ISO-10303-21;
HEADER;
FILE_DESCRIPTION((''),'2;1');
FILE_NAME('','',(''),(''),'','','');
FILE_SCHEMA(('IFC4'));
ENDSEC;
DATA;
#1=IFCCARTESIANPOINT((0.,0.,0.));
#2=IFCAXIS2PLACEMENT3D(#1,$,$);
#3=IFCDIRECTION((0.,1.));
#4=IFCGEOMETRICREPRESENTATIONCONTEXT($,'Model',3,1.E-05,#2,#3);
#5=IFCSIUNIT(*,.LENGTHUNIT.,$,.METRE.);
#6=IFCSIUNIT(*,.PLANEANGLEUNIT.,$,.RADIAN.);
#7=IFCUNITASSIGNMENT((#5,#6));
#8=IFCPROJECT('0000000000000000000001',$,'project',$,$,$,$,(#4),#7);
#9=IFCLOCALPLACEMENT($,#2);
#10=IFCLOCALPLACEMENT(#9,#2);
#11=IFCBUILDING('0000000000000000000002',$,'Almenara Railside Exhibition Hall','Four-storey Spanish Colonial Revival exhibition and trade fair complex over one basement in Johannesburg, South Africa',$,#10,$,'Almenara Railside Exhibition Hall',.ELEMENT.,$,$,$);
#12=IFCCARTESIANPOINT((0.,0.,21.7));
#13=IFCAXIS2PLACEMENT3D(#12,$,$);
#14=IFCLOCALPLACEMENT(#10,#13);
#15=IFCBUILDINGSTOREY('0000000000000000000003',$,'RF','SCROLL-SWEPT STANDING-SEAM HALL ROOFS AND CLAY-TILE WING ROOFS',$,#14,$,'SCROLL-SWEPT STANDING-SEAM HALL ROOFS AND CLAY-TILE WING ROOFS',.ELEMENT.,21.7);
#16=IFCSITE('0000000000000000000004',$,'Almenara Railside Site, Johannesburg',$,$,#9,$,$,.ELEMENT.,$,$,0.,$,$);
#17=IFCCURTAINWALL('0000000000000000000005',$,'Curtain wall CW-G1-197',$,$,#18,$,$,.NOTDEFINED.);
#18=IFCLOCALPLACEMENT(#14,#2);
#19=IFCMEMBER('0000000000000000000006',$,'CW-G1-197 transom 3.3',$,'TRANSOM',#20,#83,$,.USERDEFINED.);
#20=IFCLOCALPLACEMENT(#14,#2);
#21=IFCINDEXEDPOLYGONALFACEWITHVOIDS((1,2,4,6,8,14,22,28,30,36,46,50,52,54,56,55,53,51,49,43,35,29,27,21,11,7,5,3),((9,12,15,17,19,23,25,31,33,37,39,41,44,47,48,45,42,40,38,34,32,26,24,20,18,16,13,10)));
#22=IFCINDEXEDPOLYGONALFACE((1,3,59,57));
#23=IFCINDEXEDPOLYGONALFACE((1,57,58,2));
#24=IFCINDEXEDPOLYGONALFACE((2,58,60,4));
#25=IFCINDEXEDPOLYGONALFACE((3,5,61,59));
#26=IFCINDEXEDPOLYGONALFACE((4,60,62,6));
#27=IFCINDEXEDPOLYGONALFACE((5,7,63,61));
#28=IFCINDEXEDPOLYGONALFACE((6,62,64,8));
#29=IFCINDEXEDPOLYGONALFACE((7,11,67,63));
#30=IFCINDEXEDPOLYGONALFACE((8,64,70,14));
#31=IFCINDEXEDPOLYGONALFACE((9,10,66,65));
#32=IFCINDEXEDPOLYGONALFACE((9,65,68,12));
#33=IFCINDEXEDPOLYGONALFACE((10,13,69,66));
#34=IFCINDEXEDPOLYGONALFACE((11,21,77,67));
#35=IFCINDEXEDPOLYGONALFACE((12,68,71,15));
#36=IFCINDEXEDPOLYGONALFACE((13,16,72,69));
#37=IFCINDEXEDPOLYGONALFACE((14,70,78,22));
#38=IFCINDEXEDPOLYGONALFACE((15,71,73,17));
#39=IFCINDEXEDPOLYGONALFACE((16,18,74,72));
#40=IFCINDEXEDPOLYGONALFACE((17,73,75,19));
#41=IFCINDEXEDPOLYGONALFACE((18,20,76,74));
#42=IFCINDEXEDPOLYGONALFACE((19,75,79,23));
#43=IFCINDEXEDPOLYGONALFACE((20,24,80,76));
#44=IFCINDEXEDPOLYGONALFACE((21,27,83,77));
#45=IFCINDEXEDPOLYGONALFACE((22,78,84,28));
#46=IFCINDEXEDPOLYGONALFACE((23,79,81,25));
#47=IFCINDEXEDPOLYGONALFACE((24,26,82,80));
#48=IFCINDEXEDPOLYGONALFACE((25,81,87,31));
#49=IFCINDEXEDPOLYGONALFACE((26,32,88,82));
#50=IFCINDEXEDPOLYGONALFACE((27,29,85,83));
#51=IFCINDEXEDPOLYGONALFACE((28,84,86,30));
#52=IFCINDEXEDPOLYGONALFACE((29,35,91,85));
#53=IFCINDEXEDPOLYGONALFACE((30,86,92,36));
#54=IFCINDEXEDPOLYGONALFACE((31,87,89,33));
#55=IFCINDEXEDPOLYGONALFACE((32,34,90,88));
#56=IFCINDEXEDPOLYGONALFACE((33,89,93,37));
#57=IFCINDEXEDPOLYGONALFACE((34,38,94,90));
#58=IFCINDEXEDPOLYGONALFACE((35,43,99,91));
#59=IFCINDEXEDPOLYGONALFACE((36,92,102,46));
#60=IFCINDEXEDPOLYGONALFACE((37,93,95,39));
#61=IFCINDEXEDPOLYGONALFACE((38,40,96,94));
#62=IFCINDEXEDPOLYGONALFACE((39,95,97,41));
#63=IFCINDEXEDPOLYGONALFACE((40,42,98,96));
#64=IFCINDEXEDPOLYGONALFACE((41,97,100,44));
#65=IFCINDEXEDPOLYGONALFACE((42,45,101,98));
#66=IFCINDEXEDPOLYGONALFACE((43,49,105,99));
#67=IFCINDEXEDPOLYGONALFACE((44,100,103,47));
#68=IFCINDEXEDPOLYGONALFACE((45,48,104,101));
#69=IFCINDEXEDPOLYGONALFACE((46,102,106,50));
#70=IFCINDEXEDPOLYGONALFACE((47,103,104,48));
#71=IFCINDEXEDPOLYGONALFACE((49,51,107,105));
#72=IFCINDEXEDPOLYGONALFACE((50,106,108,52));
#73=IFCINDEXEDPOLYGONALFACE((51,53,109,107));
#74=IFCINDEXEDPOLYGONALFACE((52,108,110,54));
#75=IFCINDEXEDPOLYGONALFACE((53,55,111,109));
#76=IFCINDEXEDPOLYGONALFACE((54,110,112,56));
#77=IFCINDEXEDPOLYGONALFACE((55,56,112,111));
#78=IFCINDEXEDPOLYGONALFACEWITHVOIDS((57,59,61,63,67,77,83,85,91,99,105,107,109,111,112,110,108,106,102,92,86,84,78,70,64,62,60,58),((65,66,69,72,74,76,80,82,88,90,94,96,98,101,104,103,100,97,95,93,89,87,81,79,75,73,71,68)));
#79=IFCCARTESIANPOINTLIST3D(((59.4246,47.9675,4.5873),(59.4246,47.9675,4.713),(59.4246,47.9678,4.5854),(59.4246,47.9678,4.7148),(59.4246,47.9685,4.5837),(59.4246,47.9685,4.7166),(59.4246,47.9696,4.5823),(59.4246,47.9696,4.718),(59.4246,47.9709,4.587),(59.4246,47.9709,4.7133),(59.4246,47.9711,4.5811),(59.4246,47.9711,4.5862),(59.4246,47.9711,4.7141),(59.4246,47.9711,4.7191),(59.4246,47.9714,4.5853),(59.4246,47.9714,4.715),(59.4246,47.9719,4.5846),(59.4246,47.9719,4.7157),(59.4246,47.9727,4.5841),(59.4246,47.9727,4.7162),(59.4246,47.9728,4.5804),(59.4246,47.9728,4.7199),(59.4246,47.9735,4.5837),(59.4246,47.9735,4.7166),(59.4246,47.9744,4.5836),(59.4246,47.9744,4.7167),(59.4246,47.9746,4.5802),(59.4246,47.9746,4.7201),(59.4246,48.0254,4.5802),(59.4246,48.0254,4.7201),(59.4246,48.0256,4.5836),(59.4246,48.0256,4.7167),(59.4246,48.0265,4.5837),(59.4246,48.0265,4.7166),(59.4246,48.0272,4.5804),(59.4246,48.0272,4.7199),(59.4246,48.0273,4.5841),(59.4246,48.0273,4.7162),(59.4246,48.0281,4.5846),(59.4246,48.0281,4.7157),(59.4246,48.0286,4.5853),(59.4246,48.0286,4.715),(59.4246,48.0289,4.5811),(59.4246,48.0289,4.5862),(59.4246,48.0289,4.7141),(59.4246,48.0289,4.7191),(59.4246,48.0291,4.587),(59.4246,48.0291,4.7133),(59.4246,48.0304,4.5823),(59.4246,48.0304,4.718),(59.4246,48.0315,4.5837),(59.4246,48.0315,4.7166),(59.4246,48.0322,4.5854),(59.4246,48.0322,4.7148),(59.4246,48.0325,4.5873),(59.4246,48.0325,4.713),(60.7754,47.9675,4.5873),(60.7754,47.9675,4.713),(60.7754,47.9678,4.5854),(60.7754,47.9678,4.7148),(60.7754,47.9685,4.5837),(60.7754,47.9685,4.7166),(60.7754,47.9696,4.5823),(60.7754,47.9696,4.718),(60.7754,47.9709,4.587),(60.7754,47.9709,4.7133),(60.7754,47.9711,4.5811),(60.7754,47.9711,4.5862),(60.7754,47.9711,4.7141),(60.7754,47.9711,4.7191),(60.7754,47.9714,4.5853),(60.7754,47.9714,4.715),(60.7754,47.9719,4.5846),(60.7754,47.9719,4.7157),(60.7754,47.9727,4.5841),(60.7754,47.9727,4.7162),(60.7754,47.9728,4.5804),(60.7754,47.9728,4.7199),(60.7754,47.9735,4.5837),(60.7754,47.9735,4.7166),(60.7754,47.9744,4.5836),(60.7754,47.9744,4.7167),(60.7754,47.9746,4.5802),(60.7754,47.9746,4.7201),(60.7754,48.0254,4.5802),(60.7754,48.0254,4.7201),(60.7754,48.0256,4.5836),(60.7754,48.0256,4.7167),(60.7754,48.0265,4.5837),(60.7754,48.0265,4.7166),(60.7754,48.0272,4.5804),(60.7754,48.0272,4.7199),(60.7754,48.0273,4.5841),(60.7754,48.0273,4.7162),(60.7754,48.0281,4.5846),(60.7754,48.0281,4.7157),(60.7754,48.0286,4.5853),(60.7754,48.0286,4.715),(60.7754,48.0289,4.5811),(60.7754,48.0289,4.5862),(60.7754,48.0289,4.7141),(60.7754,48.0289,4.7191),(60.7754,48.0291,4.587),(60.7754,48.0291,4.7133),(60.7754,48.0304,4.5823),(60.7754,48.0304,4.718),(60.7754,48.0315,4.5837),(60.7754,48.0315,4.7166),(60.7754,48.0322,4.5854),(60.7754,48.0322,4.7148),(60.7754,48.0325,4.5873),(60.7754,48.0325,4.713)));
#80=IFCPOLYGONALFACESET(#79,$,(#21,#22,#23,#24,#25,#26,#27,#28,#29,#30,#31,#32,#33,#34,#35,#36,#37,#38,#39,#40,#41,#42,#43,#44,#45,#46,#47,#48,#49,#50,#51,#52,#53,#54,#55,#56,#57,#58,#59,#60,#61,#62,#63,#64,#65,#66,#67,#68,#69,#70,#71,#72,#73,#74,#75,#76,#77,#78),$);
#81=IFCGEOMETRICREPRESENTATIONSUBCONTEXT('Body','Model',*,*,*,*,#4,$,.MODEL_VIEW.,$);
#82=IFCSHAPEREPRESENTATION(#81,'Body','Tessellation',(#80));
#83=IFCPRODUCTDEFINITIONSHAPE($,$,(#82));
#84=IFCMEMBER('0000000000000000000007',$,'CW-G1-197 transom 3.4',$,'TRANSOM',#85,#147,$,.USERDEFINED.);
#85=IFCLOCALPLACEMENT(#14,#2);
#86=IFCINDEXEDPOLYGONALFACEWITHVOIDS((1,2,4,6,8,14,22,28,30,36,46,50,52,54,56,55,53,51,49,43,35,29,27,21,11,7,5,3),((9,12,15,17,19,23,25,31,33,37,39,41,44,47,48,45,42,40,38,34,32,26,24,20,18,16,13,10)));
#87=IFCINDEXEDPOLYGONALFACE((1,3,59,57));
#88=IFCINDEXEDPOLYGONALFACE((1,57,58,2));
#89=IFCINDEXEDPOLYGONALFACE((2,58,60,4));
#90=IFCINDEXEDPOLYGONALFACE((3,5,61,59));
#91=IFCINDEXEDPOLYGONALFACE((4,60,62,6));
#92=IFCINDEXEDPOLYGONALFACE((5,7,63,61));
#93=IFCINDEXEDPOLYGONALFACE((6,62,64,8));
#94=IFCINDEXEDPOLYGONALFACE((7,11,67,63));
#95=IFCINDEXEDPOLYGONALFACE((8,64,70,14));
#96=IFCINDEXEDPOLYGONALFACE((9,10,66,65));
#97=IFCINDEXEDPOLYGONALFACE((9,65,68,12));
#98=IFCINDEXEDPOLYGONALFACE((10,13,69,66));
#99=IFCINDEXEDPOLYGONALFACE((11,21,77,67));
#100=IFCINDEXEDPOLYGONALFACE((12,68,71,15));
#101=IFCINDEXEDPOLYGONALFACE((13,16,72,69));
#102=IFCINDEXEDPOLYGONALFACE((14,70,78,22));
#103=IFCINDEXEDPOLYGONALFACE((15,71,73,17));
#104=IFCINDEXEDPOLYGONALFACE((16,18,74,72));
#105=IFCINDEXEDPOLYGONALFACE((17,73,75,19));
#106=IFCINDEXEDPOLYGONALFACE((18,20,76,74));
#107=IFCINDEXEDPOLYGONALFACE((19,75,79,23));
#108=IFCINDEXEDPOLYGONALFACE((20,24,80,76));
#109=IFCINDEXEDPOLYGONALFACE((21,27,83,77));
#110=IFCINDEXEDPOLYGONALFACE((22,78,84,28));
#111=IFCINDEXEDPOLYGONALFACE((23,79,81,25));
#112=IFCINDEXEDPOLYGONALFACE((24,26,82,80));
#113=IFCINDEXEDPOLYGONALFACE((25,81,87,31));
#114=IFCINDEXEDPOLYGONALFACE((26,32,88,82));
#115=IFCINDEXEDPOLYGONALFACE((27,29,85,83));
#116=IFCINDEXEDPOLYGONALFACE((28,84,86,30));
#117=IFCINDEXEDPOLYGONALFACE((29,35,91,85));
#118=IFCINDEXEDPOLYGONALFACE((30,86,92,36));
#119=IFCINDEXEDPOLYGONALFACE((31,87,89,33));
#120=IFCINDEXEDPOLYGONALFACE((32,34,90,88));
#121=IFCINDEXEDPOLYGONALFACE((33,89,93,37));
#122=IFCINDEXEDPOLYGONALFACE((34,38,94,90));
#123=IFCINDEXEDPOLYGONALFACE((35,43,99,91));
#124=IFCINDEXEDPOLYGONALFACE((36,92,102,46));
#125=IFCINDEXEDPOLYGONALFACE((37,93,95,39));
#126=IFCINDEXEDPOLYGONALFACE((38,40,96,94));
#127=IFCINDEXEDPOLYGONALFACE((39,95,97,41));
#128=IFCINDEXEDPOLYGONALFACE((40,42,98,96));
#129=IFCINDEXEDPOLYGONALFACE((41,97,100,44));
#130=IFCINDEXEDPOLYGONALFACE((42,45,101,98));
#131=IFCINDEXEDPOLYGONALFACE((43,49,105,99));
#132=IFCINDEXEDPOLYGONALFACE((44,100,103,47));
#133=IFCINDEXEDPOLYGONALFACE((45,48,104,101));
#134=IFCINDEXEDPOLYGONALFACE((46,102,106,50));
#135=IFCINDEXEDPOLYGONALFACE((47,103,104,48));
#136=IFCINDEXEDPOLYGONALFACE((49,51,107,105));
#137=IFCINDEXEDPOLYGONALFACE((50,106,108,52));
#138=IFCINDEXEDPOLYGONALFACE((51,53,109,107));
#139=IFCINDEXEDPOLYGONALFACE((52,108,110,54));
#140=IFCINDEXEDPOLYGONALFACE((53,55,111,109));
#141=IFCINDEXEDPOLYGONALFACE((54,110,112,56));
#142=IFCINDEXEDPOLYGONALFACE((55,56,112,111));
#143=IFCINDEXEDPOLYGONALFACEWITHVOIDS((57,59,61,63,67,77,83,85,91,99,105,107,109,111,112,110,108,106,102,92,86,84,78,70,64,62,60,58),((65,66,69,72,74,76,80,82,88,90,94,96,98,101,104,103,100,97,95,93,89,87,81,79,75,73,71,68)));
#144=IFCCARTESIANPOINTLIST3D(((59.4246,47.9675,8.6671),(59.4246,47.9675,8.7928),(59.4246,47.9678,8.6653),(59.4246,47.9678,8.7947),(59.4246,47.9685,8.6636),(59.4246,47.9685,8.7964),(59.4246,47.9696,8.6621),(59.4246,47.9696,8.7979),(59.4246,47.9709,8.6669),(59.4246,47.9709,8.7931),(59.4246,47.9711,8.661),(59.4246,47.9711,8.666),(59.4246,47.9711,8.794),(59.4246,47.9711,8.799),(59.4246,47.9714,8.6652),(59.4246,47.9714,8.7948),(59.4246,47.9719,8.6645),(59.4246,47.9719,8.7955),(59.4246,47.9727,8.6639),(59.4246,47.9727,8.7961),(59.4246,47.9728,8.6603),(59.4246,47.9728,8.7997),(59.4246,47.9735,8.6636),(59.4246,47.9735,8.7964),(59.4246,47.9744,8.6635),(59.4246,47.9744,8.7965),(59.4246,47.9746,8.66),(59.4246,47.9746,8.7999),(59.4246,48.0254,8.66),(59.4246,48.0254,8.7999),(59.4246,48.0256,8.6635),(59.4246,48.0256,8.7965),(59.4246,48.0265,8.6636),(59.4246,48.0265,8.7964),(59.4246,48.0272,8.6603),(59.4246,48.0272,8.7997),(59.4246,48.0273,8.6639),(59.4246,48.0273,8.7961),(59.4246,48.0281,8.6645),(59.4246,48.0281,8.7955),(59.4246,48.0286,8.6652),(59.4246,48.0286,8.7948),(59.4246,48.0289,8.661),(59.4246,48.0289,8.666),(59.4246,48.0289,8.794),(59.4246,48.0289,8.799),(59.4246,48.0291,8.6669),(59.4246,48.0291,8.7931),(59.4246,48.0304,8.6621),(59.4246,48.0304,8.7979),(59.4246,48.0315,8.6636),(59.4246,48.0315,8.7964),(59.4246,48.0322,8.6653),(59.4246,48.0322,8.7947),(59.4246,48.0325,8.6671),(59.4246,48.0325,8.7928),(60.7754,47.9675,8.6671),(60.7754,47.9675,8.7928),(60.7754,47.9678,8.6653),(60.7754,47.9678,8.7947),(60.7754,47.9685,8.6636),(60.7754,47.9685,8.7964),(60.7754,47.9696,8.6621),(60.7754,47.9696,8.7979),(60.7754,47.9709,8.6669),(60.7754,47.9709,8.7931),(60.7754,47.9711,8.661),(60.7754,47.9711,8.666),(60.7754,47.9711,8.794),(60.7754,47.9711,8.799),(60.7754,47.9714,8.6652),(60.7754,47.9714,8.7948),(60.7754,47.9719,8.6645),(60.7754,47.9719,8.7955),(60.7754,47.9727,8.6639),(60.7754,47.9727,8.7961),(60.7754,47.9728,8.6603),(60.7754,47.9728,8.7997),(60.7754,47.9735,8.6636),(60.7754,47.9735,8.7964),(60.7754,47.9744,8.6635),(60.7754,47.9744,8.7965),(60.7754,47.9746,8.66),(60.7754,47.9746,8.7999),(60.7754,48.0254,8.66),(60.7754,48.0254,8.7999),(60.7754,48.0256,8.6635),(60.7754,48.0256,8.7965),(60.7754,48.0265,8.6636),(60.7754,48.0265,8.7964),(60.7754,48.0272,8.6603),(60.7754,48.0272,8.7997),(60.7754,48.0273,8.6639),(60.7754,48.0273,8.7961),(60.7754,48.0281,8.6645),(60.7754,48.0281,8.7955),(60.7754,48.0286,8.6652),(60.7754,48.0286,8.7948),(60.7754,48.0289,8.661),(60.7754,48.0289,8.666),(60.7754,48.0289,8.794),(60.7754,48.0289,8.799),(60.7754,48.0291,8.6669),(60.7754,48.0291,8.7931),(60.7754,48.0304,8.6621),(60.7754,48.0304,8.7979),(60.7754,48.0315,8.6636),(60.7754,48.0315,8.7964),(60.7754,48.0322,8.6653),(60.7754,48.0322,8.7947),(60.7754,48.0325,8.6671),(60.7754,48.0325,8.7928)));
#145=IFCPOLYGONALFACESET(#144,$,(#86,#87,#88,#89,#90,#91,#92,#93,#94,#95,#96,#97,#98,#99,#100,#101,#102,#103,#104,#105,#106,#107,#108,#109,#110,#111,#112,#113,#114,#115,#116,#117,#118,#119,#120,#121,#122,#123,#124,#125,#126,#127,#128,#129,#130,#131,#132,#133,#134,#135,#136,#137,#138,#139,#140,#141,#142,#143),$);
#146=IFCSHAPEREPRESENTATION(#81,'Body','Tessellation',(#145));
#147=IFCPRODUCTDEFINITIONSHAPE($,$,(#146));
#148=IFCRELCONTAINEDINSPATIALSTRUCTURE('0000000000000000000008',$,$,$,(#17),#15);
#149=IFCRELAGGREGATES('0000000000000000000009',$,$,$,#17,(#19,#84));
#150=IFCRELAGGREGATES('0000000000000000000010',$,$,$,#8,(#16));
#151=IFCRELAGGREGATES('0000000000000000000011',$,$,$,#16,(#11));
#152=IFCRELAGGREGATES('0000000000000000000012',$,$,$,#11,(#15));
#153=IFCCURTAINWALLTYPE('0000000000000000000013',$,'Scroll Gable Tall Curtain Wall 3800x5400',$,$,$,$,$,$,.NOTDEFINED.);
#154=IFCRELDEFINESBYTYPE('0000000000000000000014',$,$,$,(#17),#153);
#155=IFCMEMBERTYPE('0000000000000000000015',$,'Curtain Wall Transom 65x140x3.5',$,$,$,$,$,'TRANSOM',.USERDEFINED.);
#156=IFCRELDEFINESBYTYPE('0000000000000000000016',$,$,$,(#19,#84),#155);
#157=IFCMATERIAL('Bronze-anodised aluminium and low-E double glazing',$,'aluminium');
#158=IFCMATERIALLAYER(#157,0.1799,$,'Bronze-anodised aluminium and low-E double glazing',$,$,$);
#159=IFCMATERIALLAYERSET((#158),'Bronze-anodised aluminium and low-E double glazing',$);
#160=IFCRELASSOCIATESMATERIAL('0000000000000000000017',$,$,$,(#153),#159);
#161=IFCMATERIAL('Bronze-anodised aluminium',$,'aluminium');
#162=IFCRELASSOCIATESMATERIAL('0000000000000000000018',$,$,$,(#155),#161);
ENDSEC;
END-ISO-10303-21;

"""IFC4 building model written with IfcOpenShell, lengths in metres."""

from ifc_helpers import new_model, si_unit, direction, frame, origin, origin_2d, place, context, subcontext, project, spatial, hollow_rectangle, extrude, material, layer, layer_set, material_profile, profile_set, type_object, element, aggregate, save


model = new_model("IFC4")

# Units and contexts
model_context = context("Model", 3, precision=1e-05, world=origin(), true_north=direction((0.0, 1.0)))
body_context = subcontext(model_context, "Body", "Model", "MODEL_VIEW")
ifc_project = project(units=[si_unit("LENGTHUNIT", "METRE"), si_unit("PLANEANGLEUNIT", "RADIAN")], contexts=[model_context])

# Site, building, storey
site_placement = place(None, origin())
site = spatial("IfcSite", under=ifc_project, at=site_placement, Name="Almenara Railside Site, Johannesburg", CompositionType="ELEMENT", RefElevation=0.0)
building_placement = place(site_placement, origin())
building = spatial("IfcBuilding", under=site, at=building_placement, Name="Almenara Railside Exhibition Hall", Description="Four-storey Spanish Colonial Revival exhibition and trade fair complex over one basement in Johannesburg, South Africa", LongName="Almenara Railside Exhibition Hall", CompositionType="ELEMENT")
storey_placement = place(building_placement, frame((0.0, 0.0, 21.7)))
storey = spatial("IfcBuildingStorey", under=building, at=storey_placement, Name="RF", Description="SCROLL-SWEPT STANDING-SEAM HALL ROOFS AND CLAY-TILE WING ROOFS", LongName="SCROLL-SWEPT STANDING-SEAM HALL ROOFS AND CLAY-TILE WING ROOFS", CompositionType="ELEMENT", Elevation=21.7)

# Curtain wall, members
ifc_material_1 = material(Name="Bronze-anodised aluminium and low-E double glazing", Category="aluminium")
ifc_layer_1 = layer(ifc_material_1, 0.1799, Name="Bronze-anodised aluminium and low-E double glazing")
ifc_layer_set_1 = layer_set([ifc_layer_1], Name="Bronze-anodised aluminium and low-E double glazing")
curtain_wall_type = type_object("IfcCurtainWallType", Name="Scroll Gable Tall Curtain Wall 3800x5400", PredefinedType="NOTDEFINED", material=ifc_layer_set_1)
curtain_wall_placement = place(storey_placement, origin())
curtain_wall = element("IfcCurtainWall", 1, at=curtain_wall_placement, inside=storey, type_object=curtain_wall_type, Name="Curtain wall CW-G1-197", PredefinedType="NOTDEFINED")
ifc_material_2 = material(Name="Bronze-anodised aluminium", Category="aluminium")
ifc_material_profile_1 = material_profile(ifc_material_2, hollow_rectangle(XDim=0.0649, YDim=0.1399, WallThickness=0.0034, InnerFilletRadius=0.0034, OuterFilletRadius=0.0071, at=origin_2d()), Name="ALU-TRN 65x140x3.5")
ifc_profile_set_1 = profile_set([ifc_material_profile_1], Name="Bronze-anodised aluminium")
member_type_1 = type_object("IfcMemberType", Name="Curtain Wall Transom 65x140x3.5", ElementType="TRANSOM", PredefinedType="USERDEFINED", material=ifc_profile_set_1)
member_1_placement = place(storey_placement, frame((59.4246, 48.0, 4.6501), z_axis=(1.0, 0.0, 0.0), x_axis=(0.0, 1.0, 0.0)))
member_1 = element("IfcMember", 2, at=member_1_placement, type_object=member_type_1, Name="CW-G1-197 transom 3.3", ObjectType="TRANSOM", PredefinedType="USERDEFINED", context=body_context, shape_type="SweptSolid", body=[
    extrude(hollow_rectangle(XDim=0.0649, YDim=0.1399, WallThickness=0.0034, InnerFilletRadius=0.0034, OuterFilletRadius=0.0071, at=origin_2d()), origin(), (0.0, 0.0, 1.0), 1.3508),
])
member_2_placement = place(storey_placement, frame((59.4246, 48.0, 8.73), z_axis=(1.0, 0.0, 0.0), x_axis=(0.0, 1.0, 0.0)))
member_2 = element("IfcMember", 3, at=member_2_placement, type_object=member_type_1, Name="CW-G1-197 transom 3.4", ObjectType="TRANSOM", PredefinedType="USERDEFINED", context=body_context, shape_type="SweptSolid", body=[
    extrude(hollow_rectangle(XDim=0.0649, YDim=0.1399, WallThickness=0.0034, InnerFilletRadius=0.0034, OuterFilletRadius=0.0071, at=origin_2d()), origin(), (0.0, 0.0, 1.0), 1.3508),
])

aggregate(curtain_wall, [member_1, member_2])

save(model, "model.ifc")
